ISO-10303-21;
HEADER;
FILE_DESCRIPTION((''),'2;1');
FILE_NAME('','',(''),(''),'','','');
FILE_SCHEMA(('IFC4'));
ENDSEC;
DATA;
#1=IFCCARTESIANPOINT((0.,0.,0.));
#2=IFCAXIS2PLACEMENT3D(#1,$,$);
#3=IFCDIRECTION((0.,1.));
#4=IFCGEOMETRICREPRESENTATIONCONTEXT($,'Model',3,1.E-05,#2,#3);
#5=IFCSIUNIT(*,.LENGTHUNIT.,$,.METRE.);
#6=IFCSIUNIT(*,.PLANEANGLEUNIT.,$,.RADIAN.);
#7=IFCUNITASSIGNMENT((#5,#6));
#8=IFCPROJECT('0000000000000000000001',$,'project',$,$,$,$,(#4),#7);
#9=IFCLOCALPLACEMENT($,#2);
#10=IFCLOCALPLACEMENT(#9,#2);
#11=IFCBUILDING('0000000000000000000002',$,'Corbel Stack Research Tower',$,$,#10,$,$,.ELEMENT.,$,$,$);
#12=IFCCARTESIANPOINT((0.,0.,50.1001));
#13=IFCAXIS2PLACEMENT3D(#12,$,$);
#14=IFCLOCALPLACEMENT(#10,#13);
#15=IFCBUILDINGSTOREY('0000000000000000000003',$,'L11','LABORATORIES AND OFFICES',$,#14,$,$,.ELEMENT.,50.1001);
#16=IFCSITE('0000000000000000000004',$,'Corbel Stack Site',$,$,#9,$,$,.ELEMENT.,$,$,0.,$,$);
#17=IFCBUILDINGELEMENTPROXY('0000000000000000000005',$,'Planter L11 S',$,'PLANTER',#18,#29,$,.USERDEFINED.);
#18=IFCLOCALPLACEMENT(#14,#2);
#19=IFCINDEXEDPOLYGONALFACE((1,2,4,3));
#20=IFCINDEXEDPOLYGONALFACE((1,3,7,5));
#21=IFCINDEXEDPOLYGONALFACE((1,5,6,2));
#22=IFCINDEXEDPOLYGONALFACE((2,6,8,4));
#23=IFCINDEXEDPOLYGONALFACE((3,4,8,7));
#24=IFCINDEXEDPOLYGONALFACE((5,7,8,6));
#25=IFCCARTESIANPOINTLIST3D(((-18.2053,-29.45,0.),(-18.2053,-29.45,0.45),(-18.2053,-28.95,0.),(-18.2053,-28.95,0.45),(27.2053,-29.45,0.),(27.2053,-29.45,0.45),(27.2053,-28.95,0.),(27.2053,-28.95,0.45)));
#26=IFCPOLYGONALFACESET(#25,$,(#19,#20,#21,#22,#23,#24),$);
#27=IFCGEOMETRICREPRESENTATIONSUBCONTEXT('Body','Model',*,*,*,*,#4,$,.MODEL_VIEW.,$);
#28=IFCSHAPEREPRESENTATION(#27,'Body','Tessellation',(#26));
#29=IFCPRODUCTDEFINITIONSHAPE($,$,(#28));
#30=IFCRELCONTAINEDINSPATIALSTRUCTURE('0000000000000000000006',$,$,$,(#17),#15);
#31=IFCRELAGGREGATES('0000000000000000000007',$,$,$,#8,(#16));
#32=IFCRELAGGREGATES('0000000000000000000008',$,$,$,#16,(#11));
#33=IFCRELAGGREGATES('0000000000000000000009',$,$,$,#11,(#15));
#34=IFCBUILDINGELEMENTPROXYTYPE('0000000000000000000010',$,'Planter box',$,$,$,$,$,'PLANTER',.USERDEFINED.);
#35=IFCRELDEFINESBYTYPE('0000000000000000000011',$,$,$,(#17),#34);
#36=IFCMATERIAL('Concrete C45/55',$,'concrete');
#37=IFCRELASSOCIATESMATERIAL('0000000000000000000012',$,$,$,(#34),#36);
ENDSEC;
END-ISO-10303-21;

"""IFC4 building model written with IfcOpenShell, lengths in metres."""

from ifc_helpers import new_model, si_unit, direction, frame, origin, origin_2d, place, context, subcontext, project, spatial, rectangle, extrude, material, type_object, element, save


model = new_model("IFC4")

# Units and contexts
model_context = context("Model", 3, precision=1e-05, world=origin(), true_north=direction((0.0, 1.0)))
body_context = subcontext(model_context, "Body", "Model", "MODEL_VIEW")
ifc_project = project(units=[si_unit("LENGTHUNIT", "METRE"), si_unit("PLANEANGLEUNIT", "RADIAN")], contexts=[model_context])

# Site, building, storey
site_placement = place(None, origin())
site = spatial("IfcSite", under=ifc_project, at=site_placement, Name="Corbel Stack Site", CompositionType="ELEMENT", RefElevation=0.0)
building_placement = place(site_placement, origin())
building = spatial("IfcBuilding", under=site, at=building_placement, Name="Corbel Stack Research Tower", CompositionType="ELEMENT")
storey_placement = place(building_placement, frame((0.0, 0.0, 50.1001)))
storey = spatial("IfcBuildingStorey", under=building, at=storey_placement, Name="L11", Description="LABORATORIES AND OFFICES", CompositionType="ELEMENT", Elevation=50.1001)

# Building element proxy
ifc_material_1 = material(Name="Concrete C45/55", Category="concrete")
building_element_proxy_type = type_object("IfcBuildingElementProxyType", Name="Planter box", ElementType="PLANTER", PredefinedType="USERDEFINED", material=ifc_material_1)
proxy_placement = place(storey_placement, frame((4.5, -29.2, 0.0), z_axis=(0.0, 0.0, 1.0), x_axis=(1.0, 0.0, 0.0)))
element("IfcBuildingElementProxy", 1, at=proxy_placement, inside=storey, type_object=building_element_proxy_type, Name="Planter L11 S", ObjectType="PLANTER", PredefinedType="USERDEFINED", context=body_context, shape_type="SweptSolid", body=[
    extrude(rectangle(XDim=45.4106, YDim=0.5, at=origin_2d()), origin(), (0.0, 0.0, 1.0), 0.45),
])

save(model, "model.ifc")
